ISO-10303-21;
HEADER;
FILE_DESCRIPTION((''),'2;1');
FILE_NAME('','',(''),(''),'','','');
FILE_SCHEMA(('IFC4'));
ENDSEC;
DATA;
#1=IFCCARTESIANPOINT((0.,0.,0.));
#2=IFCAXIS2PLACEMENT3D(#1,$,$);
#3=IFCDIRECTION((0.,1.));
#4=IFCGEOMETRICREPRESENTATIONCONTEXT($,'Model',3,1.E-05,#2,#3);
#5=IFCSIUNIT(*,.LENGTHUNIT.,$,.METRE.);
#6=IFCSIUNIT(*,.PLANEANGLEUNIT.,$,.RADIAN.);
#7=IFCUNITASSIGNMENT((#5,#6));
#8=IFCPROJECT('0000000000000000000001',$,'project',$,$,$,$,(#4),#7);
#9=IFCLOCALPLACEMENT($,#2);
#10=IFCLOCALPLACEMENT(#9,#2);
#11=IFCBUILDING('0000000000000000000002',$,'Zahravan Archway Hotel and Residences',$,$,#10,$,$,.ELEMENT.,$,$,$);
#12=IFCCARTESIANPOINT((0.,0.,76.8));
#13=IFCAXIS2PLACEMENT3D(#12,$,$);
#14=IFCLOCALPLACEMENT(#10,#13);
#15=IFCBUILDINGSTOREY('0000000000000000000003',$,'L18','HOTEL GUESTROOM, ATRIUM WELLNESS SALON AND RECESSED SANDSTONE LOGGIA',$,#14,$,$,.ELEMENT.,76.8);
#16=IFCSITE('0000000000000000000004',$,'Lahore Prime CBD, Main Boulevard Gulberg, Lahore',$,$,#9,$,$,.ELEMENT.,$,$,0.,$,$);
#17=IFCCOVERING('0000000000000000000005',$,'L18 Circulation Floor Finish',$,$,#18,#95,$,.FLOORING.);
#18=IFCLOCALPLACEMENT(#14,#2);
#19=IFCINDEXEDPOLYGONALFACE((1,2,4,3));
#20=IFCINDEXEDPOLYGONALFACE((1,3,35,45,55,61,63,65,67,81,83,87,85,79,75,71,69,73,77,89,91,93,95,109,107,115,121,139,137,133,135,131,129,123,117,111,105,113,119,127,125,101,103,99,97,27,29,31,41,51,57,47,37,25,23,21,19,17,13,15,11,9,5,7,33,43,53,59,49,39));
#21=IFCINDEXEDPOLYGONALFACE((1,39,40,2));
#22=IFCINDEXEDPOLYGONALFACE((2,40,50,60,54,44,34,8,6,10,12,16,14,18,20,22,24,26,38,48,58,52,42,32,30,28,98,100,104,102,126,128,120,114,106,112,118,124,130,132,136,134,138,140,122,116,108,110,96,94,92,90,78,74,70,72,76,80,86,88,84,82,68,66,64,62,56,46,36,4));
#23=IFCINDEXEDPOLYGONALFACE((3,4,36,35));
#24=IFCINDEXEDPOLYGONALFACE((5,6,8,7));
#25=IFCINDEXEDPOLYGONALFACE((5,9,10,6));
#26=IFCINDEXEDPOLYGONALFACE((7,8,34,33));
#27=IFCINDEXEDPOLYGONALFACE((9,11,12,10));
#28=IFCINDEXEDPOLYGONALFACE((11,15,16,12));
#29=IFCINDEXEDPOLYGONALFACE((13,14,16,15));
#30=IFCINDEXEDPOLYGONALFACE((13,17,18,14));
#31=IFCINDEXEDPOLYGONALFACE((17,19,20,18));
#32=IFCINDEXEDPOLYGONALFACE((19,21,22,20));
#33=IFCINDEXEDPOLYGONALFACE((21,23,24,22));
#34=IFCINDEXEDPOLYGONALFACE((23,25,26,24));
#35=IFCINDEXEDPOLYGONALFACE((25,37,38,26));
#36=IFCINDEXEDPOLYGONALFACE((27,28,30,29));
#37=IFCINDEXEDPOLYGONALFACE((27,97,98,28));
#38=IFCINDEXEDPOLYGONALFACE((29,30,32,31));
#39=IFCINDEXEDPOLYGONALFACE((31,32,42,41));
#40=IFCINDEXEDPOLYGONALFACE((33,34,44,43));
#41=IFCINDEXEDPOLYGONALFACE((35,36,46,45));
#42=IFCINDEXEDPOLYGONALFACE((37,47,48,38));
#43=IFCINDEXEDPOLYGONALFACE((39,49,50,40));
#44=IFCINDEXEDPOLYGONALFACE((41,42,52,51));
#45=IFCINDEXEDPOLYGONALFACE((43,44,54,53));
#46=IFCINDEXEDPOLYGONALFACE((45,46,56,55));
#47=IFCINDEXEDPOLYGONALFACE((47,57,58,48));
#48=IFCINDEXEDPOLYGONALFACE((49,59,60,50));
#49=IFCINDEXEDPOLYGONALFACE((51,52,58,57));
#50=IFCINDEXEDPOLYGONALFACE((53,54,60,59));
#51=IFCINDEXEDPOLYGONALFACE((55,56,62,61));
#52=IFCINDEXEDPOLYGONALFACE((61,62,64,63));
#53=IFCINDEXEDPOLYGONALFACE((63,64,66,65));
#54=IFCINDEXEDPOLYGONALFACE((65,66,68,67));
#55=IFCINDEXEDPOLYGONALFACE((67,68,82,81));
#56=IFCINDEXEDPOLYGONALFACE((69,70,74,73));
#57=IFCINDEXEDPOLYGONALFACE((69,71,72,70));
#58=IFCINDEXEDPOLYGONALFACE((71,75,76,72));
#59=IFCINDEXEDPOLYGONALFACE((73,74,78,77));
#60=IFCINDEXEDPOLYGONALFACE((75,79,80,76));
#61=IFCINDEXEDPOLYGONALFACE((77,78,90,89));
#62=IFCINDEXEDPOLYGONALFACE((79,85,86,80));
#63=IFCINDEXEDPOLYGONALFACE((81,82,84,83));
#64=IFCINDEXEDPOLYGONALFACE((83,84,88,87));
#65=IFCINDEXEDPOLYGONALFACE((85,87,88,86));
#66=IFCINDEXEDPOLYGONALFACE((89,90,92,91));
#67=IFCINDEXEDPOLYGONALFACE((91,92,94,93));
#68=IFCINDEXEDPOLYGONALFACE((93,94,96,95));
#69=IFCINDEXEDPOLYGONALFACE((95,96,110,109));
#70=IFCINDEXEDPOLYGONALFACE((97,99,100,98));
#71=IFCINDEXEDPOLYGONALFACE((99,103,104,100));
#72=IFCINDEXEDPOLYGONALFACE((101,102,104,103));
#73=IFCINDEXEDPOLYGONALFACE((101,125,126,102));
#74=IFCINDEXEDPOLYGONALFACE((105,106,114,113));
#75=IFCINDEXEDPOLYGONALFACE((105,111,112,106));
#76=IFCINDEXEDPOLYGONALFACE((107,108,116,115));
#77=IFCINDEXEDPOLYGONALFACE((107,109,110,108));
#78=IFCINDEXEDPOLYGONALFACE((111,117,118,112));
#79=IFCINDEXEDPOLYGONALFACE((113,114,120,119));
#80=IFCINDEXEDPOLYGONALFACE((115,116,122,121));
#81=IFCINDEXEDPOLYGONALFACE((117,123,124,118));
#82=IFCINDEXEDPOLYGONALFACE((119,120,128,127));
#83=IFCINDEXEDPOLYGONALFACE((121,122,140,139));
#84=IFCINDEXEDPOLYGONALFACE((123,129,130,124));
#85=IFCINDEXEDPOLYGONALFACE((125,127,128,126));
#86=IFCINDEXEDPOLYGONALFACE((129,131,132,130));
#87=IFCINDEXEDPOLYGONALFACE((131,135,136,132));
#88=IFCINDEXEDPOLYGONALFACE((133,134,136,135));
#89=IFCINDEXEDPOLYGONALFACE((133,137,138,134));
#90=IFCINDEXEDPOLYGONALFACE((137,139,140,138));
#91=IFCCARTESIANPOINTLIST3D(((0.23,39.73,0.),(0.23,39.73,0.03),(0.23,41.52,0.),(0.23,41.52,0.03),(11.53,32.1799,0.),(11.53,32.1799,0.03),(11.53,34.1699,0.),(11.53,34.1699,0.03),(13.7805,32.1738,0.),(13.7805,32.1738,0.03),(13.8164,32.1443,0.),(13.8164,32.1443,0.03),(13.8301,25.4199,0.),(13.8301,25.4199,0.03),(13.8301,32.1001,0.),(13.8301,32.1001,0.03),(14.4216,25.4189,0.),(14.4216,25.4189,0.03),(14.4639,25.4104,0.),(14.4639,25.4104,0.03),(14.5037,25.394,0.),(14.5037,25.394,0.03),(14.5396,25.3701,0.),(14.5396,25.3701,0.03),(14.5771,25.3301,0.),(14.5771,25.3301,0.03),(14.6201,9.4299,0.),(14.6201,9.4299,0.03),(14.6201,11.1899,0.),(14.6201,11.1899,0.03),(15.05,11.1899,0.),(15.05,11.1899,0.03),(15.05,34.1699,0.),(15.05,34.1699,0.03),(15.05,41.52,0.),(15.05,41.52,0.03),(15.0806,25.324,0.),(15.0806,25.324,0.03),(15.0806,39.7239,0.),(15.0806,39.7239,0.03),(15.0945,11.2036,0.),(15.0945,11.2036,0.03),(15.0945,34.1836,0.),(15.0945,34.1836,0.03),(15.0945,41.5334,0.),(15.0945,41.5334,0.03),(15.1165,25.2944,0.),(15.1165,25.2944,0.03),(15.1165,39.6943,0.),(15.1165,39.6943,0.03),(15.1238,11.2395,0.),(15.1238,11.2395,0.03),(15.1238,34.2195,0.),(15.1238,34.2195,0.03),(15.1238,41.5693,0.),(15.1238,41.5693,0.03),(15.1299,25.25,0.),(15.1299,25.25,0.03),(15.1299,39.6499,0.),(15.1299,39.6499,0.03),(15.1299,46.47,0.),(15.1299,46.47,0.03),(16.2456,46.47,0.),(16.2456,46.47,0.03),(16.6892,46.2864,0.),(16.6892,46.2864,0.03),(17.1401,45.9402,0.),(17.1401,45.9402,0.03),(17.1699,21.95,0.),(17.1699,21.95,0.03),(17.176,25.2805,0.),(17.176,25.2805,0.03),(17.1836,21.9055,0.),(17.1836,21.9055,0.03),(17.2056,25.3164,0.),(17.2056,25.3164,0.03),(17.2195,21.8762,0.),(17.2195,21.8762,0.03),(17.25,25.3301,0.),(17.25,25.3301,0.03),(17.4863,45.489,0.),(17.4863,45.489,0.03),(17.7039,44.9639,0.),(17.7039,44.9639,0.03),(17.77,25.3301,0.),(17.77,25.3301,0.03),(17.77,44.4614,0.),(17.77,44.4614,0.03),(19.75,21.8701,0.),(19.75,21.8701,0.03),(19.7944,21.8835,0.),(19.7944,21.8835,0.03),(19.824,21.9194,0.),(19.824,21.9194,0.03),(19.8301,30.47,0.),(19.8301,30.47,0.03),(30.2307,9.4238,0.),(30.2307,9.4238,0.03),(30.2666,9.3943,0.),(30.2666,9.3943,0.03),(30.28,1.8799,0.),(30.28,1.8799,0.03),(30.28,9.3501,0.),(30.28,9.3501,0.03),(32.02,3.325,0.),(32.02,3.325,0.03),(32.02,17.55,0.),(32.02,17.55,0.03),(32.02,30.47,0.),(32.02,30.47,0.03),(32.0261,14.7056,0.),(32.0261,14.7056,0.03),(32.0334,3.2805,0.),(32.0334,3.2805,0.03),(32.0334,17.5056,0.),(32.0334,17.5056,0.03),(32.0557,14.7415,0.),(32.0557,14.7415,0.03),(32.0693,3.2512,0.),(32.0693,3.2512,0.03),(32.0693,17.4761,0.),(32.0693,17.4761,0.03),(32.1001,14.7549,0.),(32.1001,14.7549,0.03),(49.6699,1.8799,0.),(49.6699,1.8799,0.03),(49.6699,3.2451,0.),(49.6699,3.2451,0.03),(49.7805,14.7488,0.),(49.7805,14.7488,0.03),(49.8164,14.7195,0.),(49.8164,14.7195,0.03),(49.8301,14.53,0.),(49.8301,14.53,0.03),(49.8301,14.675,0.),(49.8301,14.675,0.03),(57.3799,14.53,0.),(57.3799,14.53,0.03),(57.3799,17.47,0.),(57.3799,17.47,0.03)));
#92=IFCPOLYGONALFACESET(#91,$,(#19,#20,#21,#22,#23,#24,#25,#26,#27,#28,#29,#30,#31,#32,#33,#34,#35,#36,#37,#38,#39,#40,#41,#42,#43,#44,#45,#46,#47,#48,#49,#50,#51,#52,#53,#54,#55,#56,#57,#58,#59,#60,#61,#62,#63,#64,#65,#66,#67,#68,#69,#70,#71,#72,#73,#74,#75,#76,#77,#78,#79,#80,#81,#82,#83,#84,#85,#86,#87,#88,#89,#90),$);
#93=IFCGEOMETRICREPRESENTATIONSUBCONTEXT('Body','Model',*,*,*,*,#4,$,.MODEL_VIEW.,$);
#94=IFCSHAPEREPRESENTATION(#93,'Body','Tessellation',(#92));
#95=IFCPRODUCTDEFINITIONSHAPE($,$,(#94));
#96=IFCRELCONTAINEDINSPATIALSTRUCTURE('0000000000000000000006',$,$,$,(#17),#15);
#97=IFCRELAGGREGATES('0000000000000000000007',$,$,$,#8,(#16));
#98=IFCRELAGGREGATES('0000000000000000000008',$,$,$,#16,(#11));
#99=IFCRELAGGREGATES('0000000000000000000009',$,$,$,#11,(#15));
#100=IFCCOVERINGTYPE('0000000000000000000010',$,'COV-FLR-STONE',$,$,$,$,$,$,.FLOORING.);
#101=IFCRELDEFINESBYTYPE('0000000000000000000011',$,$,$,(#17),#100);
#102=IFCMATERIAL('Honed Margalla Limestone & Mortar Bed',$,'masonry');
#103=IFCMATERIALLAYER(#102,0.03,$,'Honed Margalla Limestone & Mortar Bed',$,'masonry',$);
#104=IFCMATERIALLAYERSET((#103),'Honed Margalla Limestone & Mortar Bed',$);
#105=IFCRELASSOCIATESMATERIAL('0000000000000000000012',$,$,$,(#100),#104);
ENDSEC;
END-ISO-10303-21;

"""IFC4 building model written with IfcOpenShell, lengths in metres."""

from ifc_helpers import new_model, si_unit, direction, frame, origin, place, context, subcontext, project, spatial, polyline, outline, extrude, material, layer, layer_set, type_object, element, save


model = new_model("IFC4")

# Units and contexts
model_context = context("Model", 3, precision=1e-05, world=origin(), true_north=direction((0.0, 1.0)))
body_context = subcontext(model_context, "Body", "Model", "MODEL_VIEW")
ifc_project = project(units=[si_unit("LENGTHUNIT", "METRE"), si_unit("PLANEANGLEUNIT", "RADIAN")], contexts=[model_context])

# Site, building, storey
site_placement = place(None, origin())
site = spatial("IfcSite", under=ifc_project, at=site_placement, Name="Lahore Prime CBD, Main Boulevard Gulberg, Lahore", CompositionType="ELEMENT", RefElevation=0.0)
building_placement = place(site_placement, origin())
building = spatial("IfcBuilding", under=site, at=building_placement, Name="Zahravan Archway Hotel and Residences", CompositionType="ELEMENT")
storey_placement = place(building_placement, frame((0.0, 0.0, 76.8)))
storey = spatial("IfcBuildingStorey", under=building, at=storey_placement, Name="L18", Description="HOTEL GUESTROOM, ATRIUM WELLNESS SALON AND RECESSED SANDSTONE LOGGIA", CompositionType="ELEMENT", Elevation=76.8)

# Covering
ifc_material_1 = material(Name="Honed Margalla Limestone & Mortar Bed", Category="masonry")
ifc_layer_1 = layer(ifc_material_1, 0.03, Name="Honed Margalla Limestone & Mortar Bed", Category="masonry")
ifc_layer_set_1 = layer_set([ifc_layer_1], Name="Honed Margalla Limestone & Mortar Bed")
covering_type_1 = type_object("IfcCoveringType", Name="COV-FLR-STONE", PredefinedType="FLOORING", material=ifc_layer_set_1)
covering_1_placement = place(storey_placement, origin())
element("IfcCovering", 1, at=covering_1_placement, inside=storey, type_object=covering_type_1, Name="L18 Circulation Floor Finish", PredefinedType="FLOORING", context=body_context, shape_type="SweptSolid", body=[
    extrude(outline(polyline([(30.28, 1.8799), (30.28, 9.3501), (30.2666, 9.3943), (30.2307, 9.4238), (14.6201, 9.4299), (14.6201, 11.1899), (15.05, 11.1899), (15.0945, 11.2036), (15.1238, 11.2395), (15.1299, 25.25), (15.1165, 25.2944), (15.0806, 25.324), (14.5771, 25.3301), (14.5396, 25.3701), (14.5037, 25.394), (14.4639, 25.4104), (14.4216, 25.4189), (13.8301, 25.4199), (13.8301, 32.1001), (13.8164, 32.1443), (13.7805, 32.1738), (11.53, 32.1799), (11.53, 34.1699), (15.05, 34.1699), (15.0945, 34.1836), (15.1238, 34.2195), (15.1299, 39.6499), (15.1165, 39.6943), (15.0806, 39.7239), (0.23, 39.73), (0.23, 41.52), (15.05, 41.52), (15.0945, 41.5334), (15.1238, 41.5693), (15.1299, 46.47), (16.2456, 46.47), (16.6892, 46.2864), (17.1401, 45.9402), (17.4863, 45.489), (17.7039, 44.9639), (17.77, 44.4614), (17.77, 25.3301), (17.25, 25.3301), (17.2056, 25.3164), (17.176, 25.2805), (17.1699, 21.95), (17.1836, 21.9055), (17.2195, 21.8762), (19.75, 21.8701), (19.7944, 21.8835), (19.824, 21.9194), (19.8301, 30.47), (32.02, 30.47), (32.02, 17.55), (32.0334, 17.5056), (32.0693, 17.4761), (57.3799, 17.47), (57.3799, 14.53), (49.8301, 14.53), (49.8301, 14.675), (49.8164, 14.7195), (49.7805, 14.7488), (32.1001, 14.7549), (32.0557, 14.7415), (32.0261, 14.7056), (32.02, 3.325), (32.0334, 3.2805), (32.0693, 3.2512), (49.6699, 3.2451), (49.6699, 1.8799), (30.28, 1.8799)])), origin(), (0.0, 0.0, 1.0), 0.03),
])

save(model, "model.ifc")
